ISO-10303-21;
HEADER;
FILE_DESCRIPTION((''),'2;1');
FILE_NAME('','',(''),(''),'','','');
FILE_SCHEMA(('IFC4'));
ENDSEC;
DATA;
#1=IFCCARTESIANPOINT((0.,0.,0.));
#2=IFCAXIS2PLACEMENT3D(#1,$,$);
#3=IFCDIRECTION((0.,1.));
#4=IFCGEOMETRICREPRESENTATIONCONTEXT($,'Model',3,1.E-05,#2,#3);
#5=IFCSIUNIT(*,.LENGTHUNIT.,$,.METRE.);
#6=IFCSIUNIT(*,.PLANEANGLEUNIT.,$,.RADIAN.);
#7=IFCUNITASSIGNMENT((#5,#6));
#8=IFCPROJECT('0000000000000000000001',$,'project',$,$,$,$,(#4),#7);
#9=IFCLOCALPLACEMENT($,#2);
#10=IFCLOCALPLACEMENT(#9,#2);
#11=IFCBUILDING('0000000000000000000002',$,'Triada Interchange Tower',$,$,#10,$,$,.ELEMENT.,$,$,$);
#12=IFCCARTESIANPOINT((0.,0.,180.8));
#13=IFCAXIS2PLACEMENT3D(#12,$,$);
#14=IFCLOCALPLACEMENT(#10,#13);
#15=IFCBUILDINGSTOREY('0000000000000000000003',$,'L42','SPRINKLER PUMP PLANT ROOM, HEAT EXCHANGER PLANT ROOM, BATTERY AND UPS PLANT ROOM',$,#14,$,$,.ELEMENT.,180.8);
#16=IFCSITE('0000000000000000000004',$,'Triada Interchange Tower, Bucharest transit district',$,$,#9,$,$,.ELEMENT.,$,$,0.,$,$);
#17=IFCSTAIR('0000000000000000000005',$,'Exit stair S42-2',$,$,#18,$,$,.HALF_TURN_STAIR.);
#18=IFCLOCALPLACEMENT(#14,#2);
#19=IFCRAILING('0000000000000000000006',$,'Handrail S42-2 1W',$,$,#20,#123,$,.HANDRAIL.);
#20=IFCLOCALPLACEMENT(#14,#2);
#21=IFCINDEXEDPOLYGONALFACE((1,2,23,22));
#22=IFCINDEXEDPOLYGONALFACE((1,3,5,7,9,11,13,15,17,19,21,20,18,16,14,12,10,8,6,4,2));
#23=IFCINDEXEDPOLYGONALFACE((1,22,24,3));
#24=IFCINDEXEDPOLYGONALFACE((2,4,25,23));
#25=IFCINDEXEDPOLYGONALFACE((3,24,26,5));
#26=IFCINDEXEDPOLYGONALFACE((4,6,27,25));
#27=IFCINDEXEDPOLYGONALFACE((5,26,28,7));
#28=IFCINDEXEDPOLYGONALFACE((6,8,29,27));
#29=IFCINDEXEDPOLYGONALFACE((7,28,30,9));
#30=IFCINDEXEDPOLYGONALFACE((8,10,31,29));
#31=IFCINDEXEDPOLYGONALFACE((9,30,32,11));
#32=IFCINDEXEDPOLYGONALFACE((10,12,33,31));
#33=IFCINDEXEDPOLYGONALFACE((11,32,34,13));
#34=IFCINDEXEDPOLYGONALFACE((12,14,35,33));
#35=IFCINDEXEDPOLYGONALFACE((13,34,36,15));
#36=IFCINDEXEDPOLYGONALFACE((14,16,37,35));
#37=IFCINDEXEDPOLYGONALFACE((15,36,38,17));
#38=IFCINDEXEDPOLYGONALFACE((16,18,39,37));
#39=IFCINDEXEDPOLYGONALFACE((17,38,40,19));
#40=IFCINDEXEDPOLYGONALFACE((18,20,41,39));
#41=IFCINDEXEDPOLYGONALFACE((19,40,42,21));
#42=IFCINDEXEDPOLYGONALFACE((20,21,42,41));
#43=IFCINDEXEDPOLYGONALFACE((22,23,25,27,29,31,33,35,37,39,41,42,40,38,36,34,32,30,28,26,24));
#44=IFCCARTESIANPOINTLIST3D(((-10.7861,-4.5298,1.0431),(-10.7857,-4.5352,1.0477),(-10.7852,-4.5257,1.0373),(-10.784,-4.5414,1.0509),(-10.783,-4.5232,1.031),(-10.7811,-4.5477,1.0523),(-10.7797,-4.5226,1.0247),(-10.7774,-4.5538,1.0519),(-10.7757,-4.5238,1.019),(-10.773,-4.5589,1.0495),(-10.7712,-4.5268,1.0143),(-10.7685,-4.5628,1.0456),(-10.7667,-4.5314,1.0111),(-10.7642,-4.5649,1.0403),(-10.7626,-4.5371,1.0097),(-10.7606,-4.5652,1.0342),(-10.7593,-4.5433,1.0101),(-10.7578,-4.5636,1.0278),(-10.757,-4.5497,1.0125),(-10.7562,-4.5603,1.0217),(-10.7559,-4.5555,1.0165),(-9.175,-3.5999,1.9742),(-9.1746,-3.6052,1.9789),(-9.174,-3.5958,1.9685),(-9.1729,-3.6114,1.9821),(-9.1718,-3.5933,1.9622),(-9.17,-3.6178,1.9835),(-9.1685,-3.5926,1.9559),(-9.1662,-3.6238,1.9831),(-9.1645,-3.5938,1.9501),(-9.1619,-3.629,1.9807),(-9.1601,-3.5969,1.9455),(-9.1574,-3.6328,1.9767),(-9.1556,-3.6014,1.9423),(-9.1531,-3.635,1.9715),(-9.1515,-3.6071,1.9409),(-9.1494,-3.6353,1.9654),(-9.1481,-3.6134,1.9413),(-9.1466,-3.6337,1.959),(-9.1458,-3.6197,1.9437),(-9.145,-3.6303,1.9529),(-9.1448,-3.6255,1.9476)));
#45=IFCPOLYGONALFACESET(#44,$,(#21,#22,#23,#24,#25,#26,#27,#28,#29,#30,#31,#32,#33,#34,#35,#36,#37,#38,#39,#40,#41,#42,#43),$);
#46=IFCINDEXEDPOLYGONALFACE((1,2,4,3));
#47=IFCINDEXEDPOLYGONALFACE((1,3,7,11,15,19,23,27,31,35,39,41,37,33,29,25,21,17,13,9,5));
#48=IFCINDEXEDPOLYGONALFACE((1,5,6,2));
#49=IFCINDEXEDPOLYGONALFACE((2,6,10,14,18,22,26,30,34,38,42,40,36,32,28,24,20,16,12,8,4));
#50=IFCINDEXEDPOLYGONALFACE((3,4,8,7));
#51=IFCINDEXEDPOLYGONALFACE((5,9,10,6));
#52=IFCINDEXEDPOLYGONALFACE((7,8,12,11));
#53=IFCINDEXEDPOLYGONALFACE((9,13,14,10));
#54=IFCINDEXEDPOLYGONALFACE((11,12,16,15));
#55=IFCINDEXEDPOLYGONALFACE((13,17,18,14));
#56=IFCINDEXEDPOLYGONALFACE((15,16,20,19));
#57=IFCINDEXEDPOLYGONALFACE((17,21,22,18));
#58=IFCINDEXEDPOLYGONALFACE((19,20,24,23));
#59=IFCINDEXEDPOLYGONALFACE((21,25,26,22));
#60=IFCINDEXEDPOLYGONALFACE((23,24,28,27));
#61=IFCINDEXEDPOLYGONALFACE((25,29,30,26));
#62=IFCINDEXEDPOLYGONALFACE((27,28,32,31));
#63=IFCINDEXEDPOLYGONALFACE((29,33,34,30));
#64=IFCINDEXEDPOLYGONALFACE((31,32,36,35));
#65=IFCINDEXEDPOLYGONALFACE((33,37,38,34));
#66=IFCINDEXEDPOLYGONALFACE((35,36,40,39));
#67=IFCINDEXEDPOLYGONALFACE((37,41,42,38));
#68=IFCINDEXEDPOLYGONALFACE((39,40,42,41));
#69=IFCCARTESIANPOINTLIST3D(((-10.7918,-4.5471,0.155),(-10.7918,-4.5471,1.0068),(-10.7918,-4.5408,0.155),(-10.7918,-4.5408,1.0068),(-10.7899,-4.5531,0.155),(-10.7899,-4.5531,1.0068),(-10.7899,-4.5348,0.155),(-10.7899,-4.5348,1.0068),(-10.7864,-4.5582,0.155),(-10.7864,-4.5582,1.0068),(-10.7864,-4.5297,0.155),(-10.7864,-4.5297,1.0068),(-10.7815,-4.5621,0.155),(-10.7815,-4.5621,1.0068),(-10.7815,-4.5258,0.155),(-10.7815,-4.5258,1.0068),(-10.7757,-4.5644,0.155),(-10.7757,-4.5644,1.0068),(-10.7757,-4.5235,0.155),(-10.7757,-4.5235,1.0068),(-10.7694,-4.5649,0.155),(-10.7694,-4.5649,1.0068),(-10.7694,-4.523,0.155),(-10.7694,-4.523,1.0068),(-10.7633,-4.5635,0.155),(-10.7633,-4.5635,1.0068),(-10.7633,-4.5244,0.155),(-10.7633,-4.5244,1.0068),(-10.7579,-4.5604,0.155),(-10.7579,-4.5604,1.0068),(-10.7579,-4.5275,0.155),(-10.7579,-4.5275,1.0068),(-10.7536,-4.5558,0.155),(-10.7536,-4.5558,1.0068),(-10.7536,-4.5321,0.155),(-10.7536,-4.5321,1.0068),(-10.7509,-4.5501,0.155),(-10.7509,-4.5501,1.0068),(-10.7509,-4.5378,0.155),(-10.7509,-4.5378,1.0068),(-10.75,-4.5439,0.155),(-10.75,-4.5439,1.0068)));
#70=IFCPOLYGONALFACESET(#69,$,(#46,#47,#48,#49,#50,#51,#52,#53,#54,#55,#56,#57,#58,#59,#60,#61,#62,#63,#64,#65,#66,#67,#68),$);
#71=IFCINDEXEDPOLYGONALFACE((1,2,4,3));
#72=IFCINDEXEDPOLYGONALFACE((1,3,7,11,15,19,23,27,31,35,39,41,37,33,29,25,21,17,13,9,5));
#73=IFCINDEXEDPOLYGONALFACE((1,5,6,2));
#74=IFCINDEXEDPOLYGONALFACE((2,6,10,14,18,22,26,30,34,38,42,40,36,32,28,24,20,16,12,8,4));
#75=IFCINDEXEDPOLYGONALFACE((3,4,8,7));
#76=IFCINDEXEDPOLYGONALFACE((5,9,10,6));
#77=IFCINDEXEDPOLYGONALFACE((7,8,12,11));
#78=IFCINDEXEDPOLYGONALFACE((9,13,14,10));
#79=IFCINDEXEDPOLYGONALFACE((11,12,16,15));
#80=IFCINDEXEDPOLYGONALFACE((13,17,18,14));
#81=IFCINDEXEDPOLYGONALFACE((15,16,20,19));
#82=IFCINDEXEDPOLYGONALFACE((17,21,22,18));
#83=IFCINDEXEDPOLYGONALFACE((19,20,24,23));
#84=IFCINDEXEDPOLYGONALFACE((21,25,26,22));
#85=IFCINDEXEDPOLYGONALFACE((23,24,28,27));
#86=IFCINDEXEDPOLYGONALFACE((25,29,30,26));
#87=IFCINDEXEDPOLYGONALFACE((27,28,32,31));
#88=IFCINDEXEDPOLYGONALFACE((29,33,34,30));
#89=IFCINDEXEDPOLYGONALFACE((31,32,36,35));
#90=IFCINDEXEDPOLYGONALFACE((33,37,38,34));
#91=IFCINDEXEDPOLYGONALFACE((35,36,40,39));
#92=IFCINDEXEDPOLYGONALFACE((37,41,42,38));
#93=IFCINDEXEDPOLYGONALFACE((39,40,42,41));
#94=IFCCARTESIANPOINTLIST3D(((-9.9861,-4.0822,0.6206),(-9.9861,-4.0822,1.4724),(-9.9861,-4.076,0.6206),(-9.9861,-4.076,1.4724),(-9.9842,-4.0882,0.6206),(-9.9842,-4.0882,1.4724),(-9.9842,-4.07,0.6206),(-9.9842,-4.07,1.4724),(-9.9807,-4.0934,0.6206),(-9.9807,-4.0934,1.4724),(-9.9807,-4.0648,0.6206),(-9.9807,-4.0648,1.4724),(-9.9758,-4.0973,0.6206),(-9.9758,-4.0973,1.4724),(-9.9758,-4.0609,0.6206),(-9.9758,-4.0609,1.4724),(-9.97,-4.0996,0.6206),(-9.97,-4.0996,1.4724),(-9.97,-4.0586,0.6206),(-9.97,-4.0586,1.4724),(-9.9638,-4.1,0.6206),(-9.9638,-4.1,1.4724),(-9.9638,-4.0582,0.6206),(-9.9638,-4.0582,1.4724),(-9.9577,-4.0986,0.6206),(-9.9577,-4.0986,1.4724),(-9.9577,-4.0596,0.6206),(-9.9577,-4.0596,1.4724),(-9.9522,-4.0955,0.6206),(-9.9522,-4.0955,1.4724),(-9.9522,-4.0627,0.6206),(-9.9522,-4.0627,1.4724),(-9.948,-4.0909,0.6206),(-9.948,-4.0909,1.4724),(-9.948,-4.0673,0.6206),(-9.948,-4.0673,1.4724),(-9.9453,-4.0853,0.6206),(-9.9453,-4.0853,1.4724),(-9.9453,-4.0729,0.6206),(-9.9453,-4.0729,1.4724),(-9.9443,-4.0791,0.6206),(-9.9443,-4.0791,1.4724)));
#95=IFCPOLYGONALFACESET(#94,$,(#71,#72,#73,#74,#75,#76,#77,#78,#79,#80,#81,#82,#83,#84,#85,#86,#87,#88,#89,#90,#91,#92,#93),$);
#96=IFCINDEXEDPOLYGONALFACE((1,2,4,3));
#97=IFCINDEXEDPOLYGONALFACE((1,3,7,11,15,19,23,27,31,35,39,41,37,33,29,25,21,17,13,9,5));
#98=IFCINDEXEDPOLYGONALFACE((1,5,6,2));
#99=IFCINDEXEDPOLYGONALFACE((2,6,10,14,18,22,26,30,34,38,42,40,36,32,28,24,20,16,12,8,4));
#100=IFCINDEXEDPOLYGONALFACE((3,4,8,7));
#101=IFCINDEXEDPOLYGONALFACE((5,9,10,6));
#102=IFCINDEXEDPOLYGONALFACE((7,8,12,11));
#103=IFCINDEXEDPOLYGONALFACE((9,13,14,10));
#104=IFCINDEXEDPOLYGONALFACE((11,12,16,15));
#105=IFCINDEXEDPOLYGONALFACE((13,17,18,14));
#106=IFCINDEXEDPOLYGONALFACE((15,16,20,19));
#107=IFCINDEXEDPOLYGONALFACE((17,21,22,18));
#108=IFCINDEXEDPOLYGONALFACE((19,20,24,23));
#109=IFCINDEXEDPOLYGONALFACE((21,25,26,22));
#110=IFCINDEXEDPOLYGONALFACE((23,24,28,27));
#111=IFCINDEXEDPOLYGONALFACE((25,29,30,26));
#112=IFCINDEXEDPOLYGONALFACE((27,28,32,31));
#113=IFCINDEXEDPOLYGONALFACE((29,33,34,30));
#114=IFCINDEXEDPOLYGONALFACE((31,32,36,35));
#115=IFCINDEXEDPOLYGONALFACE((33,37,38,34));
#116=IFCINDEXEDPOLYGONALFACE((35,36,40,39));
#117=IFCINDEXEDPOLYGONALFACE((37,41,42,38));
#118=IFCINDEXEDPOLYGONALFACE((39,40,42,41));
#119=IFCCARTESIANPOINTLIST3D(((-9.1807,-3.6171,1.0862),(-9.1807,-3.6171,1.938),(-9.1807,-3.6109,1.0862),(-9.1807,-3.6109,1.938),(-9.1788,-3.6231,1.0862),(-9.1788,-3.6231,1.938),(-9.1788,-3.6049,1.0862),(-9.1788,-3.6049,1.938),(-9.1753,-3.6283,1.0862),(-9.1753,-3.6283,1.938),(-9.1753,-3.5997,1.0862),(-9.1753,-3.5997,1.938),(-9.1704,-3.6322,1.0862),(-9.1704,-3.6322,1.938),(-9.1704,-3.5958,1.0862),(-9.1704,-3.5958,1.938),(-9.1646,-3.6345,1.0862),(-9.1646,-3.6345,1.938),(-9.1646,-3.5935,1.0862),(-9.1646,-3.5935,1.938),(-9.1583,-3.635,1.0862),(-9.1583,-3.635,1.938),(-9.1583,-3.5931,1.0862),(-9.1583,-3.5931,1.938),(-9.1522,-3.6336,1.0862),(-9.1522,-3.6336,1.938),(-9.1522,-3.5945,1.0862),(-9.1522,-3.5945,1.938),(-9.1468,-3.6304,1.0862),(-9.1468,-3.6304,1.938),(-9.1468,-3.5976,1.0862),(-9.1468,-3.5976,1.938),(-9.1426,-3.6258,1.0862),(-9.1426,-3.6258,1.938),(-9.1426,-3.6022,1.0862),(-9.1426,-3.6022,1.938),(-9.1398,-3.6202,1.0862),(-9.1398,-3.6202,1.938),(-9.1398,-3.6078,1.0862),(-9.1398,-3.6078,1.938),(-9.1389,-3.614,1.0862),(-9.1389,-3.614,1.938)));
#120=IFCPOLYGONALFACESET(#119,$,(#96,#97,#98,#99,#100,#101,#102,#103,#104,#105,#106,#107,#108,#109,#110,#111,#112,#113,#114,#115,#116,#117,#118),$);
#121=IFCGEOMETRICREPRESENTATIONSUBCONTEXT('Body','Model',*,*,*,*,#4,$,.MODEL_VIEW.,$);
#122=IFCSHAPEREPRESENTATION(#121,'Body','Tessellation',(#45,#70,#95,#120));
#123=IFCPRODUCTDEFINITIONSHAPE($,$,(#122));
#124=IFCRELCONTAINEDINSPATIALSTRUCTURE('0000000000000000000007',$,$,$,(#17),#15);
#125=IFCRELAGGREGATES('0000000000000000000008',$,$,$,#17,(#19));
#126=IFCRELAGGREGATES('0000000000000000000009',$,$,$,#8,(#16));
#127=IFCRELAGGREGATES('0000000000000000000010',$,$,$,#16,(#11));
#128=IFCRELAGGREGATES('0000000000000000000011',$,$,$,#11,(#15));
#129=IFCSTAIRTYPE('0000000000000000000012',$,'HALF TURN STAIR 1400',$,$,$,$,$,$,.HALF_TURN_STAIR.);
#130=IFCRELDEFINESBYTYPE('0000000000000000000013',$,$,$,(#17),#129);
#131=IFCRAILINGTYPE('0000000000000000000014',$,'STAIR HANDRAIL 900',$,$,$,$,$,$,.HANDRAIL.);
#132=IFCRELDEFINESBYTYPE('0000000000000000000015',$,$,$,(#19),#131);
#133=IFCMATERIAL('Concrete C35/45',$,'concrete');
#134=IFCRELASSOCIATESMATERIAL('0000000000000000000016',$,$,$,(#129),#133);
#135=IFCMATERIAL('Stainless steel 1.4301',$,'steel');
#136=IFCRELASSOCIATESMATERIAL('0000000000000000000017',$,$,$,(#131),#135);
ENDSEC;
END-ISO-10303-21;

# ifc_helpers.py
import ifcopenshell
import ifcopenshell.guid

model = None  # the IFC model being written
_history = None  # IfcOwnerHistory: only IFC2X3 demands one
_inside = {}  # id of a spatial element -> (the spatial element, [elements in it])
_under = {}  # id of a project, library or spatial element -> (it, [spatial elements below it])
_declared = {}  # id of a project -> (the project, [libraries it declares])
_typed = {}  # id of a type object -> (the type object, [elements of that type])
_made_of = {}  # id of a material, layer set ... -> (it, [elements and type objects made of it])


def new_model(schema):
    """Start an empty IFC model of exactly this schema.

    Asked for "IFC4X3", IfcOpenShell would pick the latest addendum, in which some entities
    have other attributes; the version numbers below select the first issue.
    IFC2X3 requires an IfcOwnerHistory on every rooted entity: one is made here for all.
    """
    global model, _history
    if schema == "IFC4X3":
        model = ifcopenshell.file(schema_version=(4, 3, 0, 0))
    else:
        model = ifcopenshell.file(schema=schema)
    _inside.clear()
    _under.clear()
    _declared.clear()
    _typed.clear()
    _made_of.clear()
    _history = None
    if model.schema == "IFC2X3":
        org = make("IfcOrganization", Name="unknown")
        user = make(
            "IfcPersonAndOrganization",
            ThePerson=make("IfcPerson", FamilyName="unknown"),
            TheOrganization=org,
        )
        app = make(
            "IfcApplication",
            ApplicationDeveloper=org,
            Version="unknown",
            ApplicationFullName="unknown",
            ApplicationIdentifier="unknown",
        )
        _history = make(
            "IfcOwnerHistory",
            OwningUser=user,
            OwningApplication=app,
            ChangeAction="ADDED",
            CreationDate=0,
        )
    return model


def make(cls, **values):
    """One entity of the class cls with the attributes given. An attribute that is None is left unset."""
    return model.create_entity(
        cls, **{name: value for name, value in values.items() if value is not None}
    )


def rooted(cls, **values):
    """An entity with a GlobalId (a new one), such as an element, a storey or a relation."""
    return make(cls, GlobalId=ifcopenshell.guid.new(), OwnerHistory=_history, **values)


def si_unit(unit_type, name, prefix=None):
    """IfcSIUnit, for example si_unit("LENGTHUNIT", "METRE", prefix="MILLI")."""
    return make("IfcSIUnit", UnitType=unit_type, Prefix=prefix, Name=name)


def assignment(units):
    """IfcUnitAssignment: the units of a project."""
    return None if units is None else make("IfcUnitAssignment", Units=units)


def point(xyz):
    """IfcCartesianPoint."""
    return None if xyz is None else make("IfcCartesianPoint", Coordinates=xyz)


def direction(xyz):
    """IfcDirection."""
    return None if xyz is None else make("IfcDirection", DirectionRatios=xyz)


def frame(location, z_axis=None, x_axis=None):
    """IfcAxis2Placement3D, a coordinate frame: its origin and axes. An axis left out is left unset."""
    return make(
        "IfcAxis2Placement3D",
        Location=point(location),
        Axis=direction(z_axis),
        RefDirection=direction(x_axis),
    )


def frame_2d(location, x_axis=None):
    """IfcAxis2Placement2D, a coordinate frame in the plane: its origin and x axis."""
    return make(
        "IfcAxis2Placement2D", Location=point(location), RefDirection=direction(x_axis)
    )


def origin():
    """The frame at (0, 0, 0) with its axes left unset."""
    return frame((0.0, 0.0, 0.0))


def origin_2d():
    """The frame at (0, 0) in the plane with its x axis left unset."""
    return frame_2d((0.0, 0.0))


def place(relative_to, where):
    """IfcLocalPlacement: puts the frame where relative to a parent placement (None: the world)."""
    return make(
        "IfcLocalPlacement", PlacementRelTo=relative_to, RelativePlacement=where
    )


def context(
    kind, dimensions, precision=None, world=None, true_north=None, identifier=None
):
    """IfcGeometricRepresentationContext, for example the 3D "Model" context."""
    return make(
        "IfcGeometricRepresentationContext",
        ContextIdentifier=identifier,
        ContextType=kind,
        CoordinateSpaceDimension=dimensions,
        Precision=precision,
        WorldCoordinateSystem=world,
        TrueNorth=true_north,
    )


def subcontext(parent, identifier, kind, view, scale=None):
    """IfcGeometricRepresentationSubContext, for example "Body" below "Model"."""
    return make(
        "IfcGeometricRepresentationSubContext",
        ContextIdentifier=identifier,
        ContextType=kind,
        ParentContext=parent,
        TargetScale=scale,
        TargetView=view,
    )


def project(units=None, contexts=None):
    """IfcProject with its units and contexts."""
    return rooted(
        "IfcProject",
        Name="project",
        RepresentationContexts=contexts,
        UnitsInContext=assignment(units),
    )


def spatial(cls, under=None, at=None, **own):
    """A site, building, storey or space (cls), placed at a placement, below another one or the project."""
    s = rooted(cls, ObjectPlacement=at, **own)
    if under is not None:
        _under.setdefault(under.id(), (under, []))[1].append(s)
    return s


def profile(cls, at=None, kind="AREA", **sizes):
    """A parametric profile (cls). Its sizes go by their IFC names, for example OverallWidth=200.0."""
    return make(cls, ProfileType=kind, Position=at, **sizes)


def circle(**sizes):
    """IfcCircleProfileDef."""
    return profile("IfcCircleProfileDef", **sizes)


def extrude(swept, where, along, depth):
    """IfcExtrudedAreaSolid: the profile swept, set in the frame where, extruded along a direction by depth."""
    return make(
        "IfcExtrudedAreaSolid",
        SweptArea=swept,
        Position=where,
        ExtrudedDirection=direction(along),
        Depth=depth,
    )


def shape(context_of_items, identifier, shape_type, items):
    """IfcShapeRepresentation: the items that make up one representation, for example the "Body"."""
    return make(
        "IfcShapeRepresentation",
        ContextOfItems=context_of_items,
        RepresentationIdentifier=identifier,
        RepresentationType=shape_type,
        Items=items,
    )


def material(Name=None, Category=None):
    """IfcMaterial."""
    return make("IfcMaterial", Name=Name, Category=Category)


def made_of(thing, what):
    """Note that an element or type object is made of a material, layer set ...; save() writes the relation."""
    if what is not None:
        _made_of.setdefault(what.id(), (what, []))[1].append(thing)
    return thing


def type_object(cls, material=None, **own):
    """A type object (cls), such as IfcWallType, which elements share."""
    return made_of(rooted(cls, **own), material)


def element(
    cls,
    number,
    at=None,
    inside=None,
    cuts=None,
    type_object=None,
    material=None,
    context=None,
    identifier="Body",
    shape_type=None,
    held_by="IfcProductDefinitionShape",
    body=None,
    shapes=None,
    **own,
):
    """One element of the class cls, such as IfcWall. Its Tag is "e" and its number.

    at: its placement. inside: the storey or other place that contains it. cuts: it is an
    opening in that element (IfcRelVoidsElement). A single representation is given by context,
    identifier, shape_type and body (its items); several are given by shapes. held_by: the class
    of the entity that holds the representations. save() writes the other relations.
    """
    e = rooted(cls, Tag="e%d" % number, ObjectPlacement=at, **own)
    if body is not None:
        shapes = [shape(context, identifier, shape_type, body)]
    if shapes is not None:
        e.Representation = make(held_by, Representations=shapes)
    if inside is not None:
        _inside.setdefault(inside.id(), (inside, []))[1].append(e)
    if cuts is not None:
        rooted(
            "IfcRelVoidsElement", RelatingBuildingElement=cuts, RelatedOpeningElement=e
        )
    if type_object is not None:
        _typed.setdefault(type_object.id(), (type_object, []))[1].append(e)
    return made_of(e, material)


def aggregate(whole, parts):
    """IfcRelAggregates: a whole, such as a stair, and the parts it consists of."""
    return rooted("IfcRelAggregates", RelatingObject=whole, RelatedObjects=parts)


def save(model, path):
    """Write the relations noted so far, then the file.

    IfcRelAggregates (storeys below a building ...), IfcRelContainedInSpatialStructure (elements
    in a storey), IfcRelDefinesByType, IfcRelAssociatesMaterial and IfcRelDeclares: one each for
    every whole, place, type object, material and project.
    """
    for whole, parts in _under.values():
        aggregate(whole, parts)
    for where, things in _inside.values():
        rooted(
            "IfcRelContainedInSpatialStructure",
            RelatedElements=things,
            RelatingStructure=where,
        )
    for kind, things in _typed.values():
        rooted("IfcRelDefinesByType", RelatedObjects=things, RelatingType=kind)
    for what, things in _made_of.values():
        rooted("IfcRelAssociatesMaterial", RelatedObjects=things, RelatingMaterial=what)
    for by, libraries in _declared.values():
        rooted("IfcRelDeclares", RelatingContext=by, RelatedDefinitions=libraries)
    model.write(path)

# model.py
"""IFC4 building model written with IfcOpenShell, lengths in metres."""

from ifc_helpers import new_model, si_unit, direction, frame, origin, origin_2d, place, context, subcontext, project, spatial, circle, extrude, material, type_object, element, aggregate, save


model = new_model("IFC4")

# Units and contexts
model_context = context("Model", 3, precision=1e-05, world=origin(), true_north=direction((0.0, 1.0)))
body_context = subcontext(model_context, "Body", "Model", "MODEL_VIEW")
ifc_project = project(units=[si_unit("LENGTHUNIT", "METRE"), si_unit("PLANEANGLEUNIT", "RADIAN")], contexts=[model_context])

# Site, building, storey
site_placement = place(None, origin())
site = spatial("IfcSite", under=ifc_project, at=site_placement, Name="Triada Interchange Tower, Bucharest transit district", CompositionType="ELEMENT", RefElevation=0.0)
building_placement = place(site_placement, origin())
building = spatial("IfcBuilding", under=site, at=building_placement, Name="Triada Interchange Tower", CompositionType="ELEMENT")
storey_placement = place(building_placement, frame((0.0, 0.0, 180.8)))
storey = spatial("IfcBuildingStorey", under=building, at=storey_placement, Name="L42", Description="SPRINKLER PUMP PLANT ROOM, HEAT EXCHANGER PLANT ROOM, BATTERY AND UPS PLANT ROOM", CompositionType="ELEMENT", Elevation=180.8)

# Shared definitions
ifc_material_1 = material(Name="Concrete C35/45", Category="concrete")

# Stair, railing
stair_type = type_object("IfcStairType", Name="HALF TURN STAIR 1400", PredefinedType="HALF_TURN_STAIR", material=ifc_material_1)
stair_placement = place(storey_placement, origin())
stair = element("IfcStair", 1, at=stair_placement, inside=storey, type_object=stair_type, Name="Exit stair S42-2", PredefinedType="HALF_TURN_STAIR")
ifc_material_2 = material(Name="Stainless steel 1.4301", Category="steel")
railing_type_1 = type_object("IfcRailingType", Name="STAIR HANDRAIL 900", PredefinedType="HANDRAIL", material=ifc_material_2)
railing_1_placement = place(storey_placement, frame((-10.771, -4.5439, 0.155)))
railing_1 = element("IfcRailing", 2, at=railing_1_placement, type_object=railing_type_1, Name="Handrail S42-2 1W", PredefinedType="HANDRAIL", context=body_context, shape_type="SweptSolid", body=[
    extrude(circle(Radius=0.0239, at=origin_2d()), frame((0.0, 0.0, 0.876), z_axis=(0.774469, 0.44703, 0.447617), x_axis=(-0.499908, 0.866079, 0.0)), (0.0, 0.0, 1.0), 2.0803),
    extrude(circle(Radius=0.021, at=origin_2d()), origin(), (0.0, 0.0, 1.0), 0.8518),
    extrude(circle(Radius=0.021, at=origin_2d()), frame((0.8057, 0.4648, 0.4656)), (0.0, 0.0, 1.0), 0.8518),
    extrude(circle(Radius=0.021, at=origin_2d()), frame((1.6111, 0.9299, 0.9312)), (0.0, 0.0, 1.0), 0.8518),
])
aggregate(stair, [railing_1])

save(model, "model.ifc")
